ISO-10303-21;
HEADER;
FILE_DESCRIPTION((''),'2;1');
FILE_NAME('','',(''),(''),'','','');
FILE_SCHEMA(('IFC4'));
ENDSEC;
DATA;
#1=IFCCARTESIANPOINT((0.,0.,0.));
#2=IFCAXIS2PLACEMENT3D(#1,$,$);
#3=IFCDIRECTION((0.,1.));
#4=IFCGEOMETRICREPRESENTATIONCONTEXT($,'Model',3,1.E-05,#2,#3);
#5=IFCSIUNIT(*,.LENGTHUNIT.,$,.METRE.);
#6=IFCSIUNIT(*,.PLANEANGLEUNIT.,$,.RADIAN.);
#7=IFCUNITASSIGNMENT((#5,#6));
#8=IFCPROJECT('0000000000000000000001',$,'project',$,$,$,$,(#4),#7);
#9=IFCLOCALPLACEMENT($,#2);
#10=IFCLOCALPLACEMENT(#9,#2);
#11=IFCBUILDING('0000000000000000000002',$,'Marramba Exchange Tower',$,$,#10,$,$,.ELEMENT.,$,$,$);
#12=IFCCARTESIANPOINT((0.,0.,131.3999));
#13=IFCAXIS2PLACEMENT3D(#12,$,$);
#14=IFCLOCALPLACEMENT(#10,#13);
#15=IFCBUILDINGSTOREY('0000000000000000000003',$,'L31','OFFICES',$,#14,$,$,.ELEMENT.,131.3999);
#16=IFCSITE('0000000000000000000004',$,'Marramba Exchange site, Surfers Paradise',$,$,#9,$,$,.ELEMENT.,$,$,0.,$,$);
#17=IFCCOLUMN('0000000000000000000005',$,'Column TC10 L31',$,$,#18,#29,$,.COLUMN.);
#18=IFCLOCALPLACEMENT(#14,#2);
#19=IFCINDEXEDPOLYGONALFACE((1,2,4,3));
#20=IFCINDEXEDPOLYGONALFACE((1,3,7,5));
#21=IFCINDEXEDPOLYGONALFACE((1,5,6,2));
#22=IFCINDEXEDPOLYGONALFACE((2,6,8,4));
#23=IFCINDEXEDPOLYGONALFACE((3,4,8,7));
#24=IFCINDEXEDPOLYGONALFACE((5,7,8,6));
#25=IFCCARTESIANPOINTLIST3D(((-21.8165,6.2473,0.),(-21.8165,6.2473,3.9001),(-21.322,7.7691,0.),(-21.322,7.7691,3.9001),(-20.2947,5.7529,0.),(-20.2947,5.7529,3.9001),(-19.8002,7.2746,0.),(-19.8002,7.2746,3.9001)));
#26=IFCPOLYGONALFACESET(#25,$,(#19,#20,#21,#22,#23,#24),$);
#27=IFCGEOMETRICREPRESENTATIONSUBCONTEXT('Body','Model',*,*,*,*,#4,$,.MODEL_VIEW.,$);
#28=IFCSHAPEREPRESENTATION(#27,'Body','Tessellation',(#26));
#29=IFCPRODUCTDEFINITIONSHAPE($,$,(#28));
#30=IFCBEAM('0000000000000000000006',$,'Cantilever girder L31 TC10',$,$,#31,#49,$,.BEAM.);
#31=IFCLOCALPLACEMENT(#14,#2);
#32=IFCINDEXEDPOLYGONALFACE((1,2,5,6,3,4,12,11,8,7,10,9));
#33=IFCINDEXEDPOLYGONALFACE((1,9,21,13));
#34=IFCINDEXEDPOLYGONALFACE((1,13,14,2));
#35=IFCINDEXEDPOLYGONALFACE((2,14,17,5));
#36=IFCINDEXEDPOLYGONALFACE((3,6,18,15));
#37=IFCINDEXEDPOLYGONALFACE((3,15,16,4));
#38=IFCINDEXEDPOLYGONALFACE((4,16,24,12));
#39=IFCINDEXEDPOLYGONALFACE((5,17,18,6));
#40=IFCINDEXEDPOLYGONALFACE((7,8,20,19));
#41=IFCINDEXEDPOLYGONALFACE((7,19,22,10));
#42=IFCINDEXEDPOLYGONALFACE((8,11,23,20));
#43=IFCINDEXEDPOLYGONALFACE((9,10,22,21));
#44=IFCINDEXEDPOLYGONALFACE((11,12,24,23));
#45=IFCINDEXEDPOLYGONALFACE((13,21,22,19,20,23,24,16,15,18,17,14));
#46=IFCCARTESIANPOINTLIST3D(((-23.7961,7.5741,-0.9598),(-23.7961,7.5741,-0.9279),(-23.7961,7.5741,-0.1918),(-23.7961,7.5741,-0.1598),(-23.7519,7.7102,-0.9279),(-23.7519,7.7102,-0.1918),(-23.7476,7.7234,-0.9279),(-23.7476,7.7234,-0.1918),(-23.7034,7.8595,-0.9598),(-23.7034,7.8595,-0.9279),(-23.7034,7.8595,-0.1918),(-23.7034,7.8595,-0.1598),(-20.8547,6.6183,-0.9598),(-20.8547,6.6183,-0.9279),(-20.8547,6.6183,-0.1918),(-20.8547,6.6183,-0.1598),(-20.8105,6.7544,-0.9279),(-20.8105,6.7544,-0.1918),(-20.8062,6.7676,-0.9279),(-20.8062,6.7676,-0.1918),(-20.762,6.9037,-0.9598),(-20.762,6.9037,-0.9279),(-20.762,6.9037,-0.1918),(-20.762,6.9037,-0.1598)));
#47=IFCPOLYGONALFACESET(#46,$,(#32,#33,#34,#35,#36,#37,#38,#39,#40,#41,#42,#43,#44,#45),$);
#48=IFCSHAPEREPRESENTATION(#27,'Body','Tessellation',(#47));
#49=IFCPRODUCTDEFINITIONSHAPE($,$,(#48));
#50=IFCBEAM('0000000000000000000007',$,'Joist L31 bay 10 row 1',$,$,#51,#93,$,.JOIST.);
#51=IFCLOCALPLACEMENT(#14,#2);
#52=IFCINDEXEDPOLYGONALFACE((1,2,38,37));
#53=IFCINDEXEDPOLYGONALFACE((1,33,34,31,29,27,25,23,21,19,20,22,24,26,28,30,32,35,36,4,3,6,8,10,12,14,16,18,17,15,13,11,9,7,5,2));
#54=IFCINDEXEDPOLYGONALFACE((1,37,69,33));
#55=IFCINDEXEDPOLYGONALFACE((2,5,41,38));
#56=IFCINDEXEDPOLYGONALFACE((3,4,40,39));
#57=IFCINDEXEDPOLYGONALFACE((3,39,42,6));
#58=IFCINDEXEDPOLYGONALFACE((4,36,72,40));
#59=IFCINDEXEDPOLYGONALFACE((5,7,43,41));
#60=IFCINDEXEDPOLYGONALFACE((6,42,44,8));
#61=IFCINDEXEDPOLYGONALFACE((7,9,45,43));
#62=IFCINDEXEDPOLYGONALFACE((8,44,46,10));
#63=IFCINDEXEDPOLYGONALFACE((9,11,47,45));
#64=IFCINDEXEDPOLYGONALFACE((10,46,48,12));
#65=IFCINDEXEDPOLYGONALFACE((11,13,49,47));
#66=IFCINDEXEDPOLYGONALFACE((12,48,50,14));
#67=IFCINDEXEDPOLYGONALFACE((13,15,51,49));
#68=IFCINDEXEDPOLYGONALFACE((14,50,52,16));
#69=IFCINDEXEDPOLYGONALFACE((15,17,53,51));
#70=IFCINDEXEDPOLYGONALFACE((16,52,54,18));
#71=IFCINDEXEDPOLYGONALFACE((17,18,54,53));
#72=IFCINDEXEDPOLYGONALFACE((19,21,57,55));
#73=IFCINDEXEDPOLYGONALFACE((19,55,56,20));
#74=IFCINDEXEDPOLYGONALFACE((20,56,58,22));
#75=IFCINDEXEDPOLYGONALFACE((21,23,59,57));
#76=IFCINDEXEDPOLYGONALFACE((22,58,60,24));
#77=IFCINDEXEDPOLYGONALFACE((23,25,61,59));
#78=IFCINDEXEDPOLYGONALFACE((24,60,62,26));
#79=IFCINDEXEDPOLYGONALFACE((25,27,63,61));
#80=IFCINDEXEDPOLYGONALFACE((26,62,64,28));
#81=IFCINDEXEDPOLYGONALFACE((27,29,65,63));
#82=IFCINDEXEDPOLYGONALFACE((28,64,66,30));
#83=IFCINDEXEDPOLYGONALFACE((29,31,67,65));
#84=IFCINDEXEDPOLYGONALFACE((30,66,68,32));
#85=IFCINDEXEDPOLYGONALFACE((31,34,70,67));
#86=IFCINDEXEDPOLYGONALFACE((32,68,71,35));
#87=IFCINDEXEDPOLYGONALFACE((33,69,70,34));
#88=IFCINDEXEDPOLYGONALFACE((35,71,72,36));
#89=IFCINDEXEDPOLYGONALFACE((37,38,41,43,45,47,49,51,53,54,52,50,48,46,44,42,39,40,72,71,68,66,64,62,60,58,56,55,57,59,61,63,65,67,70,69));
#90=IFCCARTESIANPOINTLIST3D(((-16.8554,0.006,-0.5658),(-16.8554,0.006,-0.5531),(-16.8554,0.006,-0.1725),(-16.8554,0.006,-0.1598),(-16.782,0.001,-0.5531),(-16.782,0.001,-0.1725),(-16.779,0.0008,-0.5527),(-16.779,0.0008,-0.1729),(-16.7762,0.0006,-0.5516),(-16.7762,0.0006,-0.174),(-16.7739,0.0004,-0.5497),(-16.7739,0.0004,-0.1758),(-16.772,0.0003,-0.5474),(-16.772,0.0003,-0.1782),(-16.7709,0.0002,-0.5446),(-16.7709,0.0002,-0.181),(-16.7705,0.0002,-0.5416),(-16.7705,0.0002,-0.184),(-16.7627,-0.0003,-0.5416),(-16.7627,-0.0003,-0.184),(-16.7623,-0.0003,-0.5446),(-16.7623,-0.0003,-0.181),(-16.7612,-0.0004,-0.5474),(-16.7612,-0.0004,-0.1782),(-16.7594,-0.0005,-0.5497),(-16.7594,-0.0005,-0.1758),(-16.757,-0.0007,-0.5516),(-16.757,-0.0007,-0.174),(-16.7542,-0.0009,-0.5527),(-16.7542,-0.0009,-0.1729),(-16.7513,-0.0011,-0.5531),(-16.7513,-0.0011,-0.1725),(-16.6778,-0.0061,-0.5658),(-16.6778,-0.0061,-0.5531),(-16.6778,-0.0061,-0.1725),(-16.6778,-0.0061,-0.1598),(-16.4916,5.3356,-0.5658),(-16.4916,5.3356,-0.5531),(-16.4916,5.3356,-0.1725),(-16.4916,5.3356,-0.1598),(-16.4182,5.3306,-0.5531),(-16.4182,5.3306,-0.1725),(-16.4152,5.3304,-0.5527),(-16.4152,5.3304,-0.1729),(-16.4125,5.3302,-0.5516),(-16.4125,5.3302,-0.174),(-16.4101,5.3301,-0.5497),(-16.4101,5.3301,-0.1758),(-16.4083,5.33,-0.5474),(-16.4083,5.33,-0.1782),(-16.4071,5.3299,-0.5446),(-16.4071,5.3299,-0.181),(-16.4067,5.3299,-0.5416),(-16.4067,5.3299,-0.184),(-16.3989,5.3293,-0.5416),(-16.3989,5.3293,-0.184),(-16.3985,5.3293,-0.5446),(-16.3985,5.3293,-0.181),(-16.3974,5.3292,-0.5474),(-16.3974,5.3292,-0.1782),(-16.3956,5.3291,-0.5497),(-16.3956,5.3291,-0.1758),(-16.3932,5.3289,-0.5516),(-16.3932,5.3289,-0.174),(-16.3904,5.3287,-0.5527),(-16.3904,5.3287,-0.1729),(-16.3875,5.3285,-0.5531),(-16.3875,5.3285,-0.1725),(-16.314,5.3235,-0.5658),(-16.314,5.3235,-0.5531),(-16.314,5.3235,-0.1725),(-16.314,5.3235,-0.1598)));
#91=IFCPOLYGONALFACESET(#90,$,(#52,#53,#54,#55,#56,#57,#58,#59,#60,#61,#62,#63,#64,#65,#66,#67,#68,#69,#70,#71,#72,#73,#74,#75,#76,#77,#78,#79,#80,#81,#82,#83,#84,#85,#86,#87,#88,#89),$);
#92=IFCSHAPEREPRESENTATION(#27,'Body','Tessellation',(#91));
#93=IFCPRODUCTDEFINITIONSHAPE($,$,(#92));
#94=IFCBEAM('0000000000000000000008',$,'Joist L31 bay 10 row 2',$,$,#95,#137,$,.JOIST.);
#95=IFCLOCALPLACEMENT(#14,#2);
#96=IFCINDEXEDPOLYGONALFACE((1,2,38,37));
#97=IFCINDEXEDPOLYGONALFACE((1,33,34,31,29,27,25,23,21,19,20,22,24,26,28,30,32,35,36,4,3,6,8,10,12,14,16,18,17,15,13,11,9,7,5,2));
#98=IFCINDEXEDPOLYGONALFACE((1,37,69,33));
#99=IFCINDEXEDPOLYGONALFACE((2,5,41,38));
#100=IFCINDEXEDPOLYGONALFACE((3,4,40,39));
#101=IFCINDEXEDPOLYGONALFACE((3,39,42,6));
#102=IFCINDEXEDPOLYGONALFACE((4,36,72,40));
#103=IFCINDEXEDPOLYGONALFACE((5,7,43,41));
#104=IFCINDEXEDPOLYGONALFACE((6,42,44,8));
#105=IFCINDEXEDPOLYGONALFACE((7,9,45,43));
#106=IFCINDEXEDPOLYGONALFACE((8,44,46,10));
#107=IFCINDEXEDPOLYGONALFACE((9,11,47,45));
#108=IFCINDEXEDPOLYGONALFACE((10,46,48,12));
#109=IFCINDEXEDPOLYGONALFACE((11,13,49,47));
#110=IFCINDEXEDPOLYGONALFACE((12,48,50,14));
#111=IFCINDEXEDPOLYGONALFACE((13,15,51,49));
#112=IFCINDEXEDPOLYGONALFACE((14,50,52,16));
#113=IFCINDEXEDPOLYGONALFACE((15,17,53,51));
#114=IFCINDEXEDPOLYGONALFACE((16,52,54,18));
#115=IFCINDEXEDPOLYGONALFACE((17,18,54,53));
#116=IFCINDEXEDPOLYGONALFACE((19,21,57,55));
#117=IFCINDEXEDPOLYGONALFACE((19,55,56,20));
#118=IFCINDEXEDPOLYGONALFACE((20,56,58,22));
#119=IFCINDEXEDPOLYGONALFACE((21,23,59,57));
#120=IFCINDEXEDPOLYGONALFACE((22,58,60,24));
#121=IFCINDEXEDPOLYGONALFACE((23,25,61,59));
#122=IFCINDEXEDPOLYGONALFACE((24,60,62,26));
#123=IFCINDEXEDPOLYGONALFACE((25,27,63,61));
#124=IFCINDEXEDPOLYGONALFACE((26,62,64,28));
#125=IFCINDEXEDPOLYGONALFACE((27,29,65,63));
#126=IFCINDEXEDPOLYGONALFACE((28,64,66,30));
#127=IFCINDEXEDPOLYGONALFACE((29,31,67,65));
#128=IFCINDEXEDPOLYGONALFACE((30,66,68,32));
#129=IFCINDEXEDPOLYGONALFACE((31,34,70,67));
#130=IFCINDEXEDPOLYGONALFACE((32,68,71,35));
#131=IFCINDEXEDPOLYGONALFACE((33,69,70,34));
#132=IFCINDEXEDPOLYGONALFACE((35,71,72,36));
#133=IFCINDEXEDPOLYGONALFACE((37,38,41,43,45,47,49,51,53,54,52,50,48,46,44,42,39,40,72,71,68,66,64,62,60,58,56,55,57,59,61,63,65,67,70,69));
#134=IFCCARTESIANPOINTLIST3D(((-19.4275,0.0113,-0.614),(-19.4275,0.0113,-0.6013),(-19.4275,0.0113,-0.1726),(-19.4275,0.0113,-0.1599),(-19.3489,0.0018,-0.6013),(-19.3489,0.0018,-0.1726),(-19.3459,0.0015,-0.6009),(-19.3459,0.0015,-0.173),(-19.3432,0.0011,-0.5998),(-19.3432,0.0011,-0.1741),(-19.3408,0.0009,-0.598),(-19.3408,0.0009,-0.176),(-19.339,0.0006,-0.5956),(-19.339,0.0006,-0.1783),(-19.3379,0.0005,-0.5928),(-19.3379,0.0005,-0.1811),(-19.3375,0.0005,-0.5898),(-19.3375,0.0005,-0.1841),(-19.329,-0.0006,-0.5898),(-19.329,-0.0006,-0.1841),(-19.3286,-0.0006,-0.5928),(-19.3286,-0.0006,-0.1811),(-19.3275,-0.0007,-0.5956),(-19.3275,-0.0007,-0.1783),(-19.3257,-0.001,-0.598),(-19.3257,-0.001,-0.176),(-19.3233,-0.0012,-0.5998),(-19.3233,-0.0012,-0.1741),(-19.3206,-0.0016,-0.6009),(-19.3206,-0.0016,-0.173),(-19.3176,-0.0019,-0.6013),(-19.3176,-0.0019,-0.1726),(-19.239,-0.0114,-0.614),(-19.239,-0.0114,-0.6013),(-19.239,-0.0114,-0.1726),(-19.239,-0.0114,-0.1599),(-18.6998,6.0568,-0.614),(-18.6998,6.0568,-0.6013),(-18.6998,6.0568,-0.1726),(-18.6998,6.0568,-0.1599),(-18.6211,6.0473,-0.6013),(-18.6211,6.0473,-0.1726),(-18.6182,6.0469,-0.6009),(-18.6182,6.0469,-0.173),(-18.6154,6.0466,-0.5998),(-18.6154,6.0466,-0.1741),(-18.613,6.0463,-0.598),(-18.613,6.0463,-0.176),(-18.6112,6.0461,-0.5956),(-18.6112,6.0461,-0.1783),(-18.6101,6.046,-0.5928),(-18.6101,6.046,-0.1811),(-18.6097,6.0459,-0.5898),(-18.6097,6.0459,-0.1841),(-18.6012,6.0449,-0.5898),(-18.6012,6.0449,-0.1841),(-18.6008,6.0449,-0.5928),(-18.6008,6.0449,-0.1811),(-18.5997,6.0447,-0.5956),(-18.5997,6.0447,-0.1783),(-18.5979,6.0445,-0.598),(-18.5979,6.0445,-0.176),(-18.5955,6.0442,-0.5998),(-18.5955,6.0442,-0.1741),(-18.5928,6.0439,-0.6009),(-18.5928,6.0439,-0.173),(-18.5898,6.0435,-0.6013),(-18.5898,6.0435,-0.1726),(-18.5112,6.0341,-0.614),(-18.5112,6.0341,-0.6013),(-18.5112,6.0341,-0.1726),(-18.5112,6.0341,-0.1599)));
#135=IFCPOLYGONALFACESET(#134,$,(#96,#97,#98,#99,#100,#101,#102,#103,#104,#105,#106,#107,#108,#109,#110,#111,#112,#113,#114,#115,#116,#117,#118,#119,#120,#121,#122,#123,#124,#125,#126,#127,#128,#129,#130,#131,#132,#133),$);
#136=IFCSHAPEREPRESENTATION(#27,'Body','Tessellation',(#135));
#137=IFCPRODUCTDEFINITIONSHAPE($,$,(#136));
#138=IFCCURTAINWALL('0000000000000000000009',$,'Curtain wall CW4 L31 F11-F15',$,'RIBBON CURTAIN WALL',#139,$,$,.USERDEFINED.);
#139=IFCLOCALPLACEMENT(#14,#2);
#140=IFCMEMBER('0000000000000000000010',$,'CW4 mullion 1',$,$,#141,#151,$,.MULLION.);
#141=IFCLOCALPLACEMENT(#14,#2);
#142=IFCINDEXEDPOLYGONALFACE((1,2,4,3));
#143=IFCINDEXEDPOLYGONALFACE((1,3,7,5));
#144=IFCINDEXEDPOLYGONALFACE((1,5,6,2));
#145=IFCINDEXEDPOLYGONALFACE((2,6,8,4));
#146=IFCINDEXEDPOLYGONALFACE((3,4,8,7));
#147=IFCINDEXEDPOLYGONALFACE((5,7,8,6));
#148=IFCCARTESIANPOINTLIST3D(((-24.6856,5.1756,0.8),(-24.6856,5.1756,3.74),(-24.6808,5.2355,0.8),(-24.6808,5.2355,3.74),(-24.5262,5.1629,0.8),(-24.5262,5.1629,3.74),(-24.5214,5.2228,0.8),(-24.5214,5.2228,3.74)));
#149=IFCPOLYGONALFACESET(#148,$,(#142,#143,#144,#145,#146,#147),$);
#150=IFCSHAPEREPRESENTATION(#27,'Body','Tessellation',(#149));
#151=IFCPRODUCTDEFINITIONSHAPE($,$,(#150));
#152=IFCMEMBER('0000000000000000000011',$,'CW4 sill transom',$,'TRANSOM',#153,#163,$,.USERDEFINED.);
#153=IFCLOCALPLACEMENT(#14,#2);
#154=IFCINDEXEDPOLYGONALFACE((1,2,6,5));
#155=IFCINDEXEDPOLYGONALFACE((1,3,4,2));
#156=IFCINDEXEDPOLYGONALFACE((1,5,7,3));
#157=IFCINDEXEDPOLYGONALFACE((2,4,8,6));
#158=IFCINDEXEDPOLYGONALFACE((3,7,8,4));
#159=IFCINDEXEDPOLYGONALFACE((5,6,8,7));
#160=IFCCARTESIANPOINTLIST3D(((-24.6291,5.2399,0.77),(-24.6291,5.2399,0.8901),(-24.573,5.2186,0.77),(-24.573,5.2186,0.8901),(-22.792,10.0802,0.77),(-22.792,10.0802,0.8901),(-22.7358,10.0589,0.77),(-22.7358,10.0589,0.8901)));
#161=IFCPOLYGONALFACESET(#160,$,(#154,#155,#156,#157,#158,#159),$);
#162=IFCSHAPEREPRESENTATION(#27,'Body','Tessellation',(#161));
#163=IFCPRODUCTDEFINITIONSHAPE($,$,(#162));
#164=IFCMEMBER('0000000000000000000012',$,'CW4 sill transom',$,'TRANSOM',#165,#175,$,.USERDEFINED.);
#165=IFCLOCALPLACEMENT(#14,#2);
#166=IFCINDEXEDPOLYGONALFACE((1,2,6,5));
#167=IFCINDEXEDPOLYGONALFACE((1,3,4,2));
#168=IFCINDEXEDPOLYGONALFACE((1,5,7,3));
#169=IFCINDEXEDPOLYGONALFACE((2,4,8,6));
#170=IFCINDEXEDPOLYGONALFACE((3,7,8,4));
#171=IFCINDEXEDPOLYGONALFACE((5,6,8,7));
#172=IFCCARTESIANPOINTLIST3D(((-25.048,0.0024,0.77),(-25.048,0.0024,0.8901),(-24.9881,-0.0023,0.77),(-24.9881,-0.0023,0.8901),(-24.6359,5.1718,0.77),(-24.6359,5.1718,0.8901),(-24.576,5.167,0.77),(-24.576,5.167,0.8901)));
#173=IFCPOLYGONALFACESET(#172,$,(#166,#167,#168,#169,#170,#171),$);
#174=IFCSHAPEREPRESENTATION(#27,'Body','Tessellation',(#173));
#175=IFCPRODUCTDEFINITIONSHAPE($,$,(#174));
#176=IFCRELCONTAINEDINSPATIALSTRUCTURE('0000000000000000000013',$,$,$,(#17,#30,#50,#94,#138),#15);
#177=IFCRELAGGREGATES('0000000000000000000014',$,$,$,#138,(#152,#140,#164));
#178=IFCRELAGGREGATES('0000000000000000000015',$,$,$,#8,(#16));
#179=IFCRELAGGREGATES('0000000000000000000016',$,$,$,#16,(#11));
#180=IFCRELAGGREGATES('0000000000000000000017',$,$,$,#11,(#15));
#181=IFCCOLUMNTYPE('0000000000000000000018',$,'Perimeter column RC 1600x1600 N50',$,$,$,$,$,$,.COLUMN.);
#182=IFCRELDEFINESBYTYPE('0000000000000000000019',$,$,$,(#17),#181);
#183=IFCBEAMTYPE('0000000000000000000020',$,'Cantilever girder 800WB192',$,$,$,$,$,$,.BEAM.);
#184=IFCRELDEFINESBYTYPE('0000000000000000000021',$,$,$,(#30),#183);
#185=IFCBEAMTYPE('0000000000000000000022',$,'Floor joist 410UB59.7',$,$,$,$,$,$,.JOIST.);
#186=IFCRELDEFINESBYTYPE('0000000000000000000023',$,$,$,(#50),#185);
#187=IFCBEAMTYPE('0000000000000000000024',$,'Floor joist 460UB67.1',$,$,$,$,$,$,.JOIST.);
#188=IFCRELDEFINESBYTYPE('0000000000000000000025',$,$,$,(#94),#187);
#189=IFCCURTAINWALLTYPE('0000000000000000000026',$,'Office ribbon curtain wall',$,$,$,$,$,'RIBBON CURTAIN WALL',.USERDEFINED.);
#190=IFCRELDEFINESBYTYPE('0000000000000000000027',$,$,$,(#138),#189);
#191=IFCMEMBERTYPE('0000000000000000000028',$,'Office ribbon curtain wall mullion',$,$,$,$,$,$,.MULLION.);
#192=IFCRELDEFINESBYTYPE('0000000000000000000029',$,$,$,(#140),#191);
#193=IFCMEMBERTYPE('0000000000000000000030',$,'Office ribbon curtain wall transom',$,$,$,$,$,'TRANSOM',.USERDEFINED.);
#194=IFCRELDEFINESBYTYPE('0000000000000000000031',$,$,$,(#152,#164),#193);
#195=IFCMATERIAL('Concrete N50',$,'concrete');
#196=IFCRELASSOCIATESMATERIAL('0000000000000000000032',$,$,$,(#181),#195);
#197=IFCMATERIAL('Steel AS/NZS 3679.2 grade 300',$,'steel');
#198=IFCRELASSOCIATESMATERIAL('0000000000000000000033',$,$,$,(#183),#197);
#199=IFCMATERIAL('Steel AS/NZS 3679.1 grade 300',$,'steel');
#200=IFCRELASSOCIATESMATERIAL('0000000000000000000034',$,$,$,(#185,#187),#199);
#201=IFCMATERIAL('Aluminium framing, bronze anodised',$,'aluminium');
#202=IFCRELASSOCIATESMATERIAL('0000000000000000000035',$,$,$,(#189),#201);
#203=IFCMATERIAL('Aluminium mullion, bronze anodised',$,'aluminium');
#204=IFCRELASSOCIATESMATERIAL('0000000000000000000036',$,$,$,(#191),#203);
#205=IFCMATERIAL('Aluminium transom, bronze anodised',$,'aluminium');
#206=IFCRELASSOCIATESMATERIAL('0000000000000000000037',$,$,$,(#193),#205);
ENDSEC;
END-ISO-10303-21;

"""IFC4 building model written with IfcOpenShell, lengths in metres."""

from ifc_helpers import new_model, si_unit, direction, frame, origin, origin_2d, place, context, subcontext, project, spatial, rectangle, i_section, extrude, material, material_profile, profile_set, type_object, element, aggregate, save


model = new_model("IFC4")

# Units and contexts
model_context = context("Model", 3, precision=1e-05, world=origin(), true_north=direction((0.0, 1.0)))
body_context = subcontext(model_context, "Body", "Model", "MODEL_VIEW")
ifc_project = project(units=[si_unit("LENGTHUNIT", "METRE"), si_unit("PLANEANGLEUNIT", "RADIAN")], contexts=[model_context])

# Site, building, storey
site_placement = place(None, origin())
site = spatial("IfcSite", under=ifc_project, at=site_placement, Name="Marramba Exchange site, Surfers Paradise", CompositionType="ELEMENT", RefElevation=0.0)
building_placement = place(site_placement, origin())
building = spatial("IfcBuilding", under=site, at=building_placement, Name="Marramba Exchange Tower", CompositionType="ELEMENT")
storey_placement = place(building_placement, frame((0.0, 0.0, 131.3999)))
storey = spatial("IfcBuildingStorey", under=building, at=storey_placement, Name="L31", Description="OFFICES", CompositionType="ELEMENT", Elevation=131.3999)

# Column
ifc_material_1 = material(Name="Concrete N50", Category="concrete")
ifc_material_profile_1 = material_profile(ifc_material_1, rectangle(XDim=1.6001, YDim=1.6001, at=origin_2d()), Name="RC 1600x1600")
ifc_profile_set_1 = profile_set([ifc_material_profile_1], Name="Concrete N50")
column_type = type_object("IfcColumnType", Name="Perimeter column RC 1600x1600 N50", PredefinedType="COLUMN", material=ifc_profile_set_1)
column_placement = place(storey_placement, frame((-20.8083, 6.761, 0.0), z_axis=(0.0, 0.0, 1.0), x_axis=(-0.951057, 0.309017, 0.0)))
element("IfcColumn", 1, at=column_placement, inside=storey, type_object=column_type, Name="Column TC10 L31", PredefinedType="COLUMN", context=body_context, shape_type="SweptSolid", body=[
    extrude(rectangle(XDim=1.6001, YDim=1.6001, at=origin_2d()), origin(), (0.0, 0.0, 1.0), 3.9001),
])

# Beams
ifc_material_2 = material(Name="Steel AS/NZS 3679.2 grade 300", Category="steel")
ifc_material_profile_2 = material_profile(ifc_material_2, i_section(OverallWidth=0.3, OverallDepth=0.8, WebThickness=0.0139, FlangeThickness=0.032, at=origin_2d()), Name="800WB192")
ifc_profile_set_2 = profile_set([ifc_material_profile_2], Name="Steel AS/NZS 3679.2 grade 300")
beam_type_1 = type_object("IfcBeamType", Name="Cantilever girder 800WB192", PredefinedType="BEAM", material=ifc_profile_set_2)
beam_1_placement = place(storey_placement, frame((-20.8083, 6.761, -0.5598), z_axis=(-0.951048, 0.309043, 0.0), x_axis=(-0.309043, -0.951048, 0.0)))
element("IfcBeam", 2, at=beam_1_placement, inside=storey, type_object=beam_type_1, Name="Cantilever girder L31 TC10", PredefinedType="BEAM", context=body_context, shape_type="SweptSolid", body=[
    extrude(i_section(OverallWidth=0.3, OverallDepth=0.8, WebThickness=0.0139, FlangeThickness=0.032, at=origin_2d()), origin(), (0.0, 0.0, 1.0), 3.0928),
])
ifc_material_3 = material(Name="Steel AS/NZS 3679.1 grade 300", Category="steel")
ifc_material_profile_3 = material_profile(ifc_material_3, i_section(OverallWidth=0.178, OverallDepth=0.406, WebThickness=0.0078, FlangeThickness=0.0127, FilletRadius=0.0115, at=origin_2d()), Name="410UB59.7")
ifc_profile_set_3 = profile_set([ifc_material_profile_3], Name="Steel AS/NZS 3679.1 grade 300")
beam_type_2 = type_object("IfcBeamType", Name="Floor joist 410UB59.7", PredefinedType="JOIST", material=ifc_profile_set_3)
beam_2_placement = place(storey_placement, frame((-16.4028, 5.3296, -0.3628), z_axis=(-0.068096, -0.997679, 0.0), x_axis=(0.997679, -0.068096, 0.0)))
element("IfcBeam", 3, at=beam_2_placement, inside=storey, type_object=beam_type_2, Name="Joist L31 bay 10 row 1", PredefinedType="JOIST", context=body_context, shape_type="SweptSolid", body=[
    extrude(i_section(OverallWidth=0.178, OverallDepth=0.406, WebThickness=0.0078, FlangeThickness=0.0127, FilletRadius=0.0115, at=origin_2d()), origin(), (0.0, 0.0, 1.0), 5.342),
])
ifc_material_profile_4 = material_profile(ifc_material_3, i_section(OverallWidth=0.1899, OverallDepth=0.4541, WebThickness=0.0085, FlangeThickness=0.0127, FilletRadius=0.0115, at=origin_2d()), Name="460UB67.1")
ifc_profile_set_4 = profile_set([ifc_material_profile_4], Name="Steel AS/NZS 3679.1 grade 300")
beam_type_3 = type_object("IfcBeamType", Name="Floor joist 460UB67.1", PredefinedType="JOIST", material=ifc_profile_set_4)
beam_3_placement = place(storey_placement, frame((-18.6055, 6.0454, -0.387), z_axis=(-0.119523, -0.992831, 0.0), x_axis=(0.992831, -0.119523, 0.0)))
element("IfcBeam", 4, at=beam_3_placement, inside=storey, type_object=beam_type_3, Name="Joist L31 bay 10 row 2", PredefinedType="JOIST", context=body_context, shape_type="SweptSolid", body=[
    extrude(i_section(OverallWidth=0.1899, OverallDepth=0.4541, WebThickness=0.0085, FlangeThickness=0.0127, FilletRadius=0.0115, at=origin_2d()), origin(), (0.0, 0.0, 1.0), 6.0891),
])

# Curtain wall, members
ifc_material_4 = material(Name="Aluminium framing, bronze anodised", Category="aluminium")
curtain_wall_type = type_object("IfcCurtainWallType", Name="Office ribbon curtain wall", ElementType="RIBBON CURTAIN WALL", PredefinedType="USERDEFINED", material=ifc_material_4)
curtain_wall_placement = place(storey_placement, origin())
curtain_wall = element("IfcCurtainWall", 5, at=curtain_wall_placement, inside=storey, type_object=curtain_wall_type, Name="Curtain wall CW4 L31 F11-F15", ObjectType="RIBBON CURTAIN WALL", PredefinedType="USERDEFINED")
ifc_material_5 = material(Name="Aluminium mullion, bronze anodised", Category="aluminium")
ifc_material_profile_5 = material_profile(ifc_material_5, rectangle(XDim=0.1599, YDim=0.0601, at=origin_2d()), Name="CW4 mullion 60x160")
ifc_profile_set_5 = profile_set([ifc_material_profile_5], Name="Aluminium mullion, bronze anodised")
member_type_1 = type_object("IfcMemberType", Name="Office ribbon curtain wall mullion", PredefinedType="MULLION", material=ifc_profile_set_5)
member_1_placement = place(storey_placement, frame((-24.6035, 5.1992, 0.8), z_axis=(0.0, 0.0, 1.0), x_axis=(0.996838, -0.07946, 0.0)))
member_1 = element("IfcMember", 6, at=member_1_placement, type_object=member_type_1, Name="CW4 mullion 1", PredefinedType="MULLION", context=body_context, shape_type="SweptSolid", body=[
    extrude(rectangle(XDim=0.1599, YDim=0.0601, at=origin_2d()), origin(), (0.0, 0.0, 1.0), 2.9399),
])
ifc_material_6 = material(Name="Aluminium transom, bronze anodised", Category="aluminium")
ifc_material_profile_6 = material_profile(ifc_material_6, rectangle(XDim=0.0601, YDim=0.1201, at=origin_2d()), Name="CW4 transom 60x120")
ifc_profile_set_6 = profile_set([ifc_material_profile_6], Name="Aluminium transom, bronze anodised")
member_type_2 = type_object("IfcMemberType", Name="Office ribbon curtain wall transom", ElementType="TRANSOM", PredefinedType="USERDEFINED", material=ifc_profile_set_6)
member_2_placement = place(storey_placement, frame((-22.7639, 10.0696, 0.8301), z_axis=(-0.354852, -0.934923, 0.0), x_axis=(0.934923, -0.354852, 0.0)))
member_2 = element("IfcMember", 7, at=member_2_placement, type_object=member_type_2, Name="CW4 sill transom", ObjectType="TRANSOM", PredefinedType="USERDEFINED", context=body_context, shape_type="SweptSolid", body=[
    extrude(rectangle(XDim=0.0601, YDim=0.1201, at=origin_2d()), origin(), (0.0, 0.0, 1.0), 5.1772),
])
member_3_placement = place(storey_placement, frame((-24.606, 5.1694, 0.8301), z_axis=(-0.079468, -0.996837, 0.0), x_axis=(0.996837, -0.079468, 0.0)))
member_3 = element("IfcMember", 8, at=member_3_placement, type_object=member_type_2, Name="CW4 sill transom", ObjectType="TRANSOM", PredefinedType="USERDEFINED", context=body_context, shape_type="SweptSolid", body=[
    extrude(rectangle(XDim=0.0601, YDim=0.1201, at=origin_2d()), origin(), (0.0, 0.0, 1.0), 5.1858),
])

aggregate(curtain_wall, [member_2, member_1, member_3])

save(model, "model.ifc")
